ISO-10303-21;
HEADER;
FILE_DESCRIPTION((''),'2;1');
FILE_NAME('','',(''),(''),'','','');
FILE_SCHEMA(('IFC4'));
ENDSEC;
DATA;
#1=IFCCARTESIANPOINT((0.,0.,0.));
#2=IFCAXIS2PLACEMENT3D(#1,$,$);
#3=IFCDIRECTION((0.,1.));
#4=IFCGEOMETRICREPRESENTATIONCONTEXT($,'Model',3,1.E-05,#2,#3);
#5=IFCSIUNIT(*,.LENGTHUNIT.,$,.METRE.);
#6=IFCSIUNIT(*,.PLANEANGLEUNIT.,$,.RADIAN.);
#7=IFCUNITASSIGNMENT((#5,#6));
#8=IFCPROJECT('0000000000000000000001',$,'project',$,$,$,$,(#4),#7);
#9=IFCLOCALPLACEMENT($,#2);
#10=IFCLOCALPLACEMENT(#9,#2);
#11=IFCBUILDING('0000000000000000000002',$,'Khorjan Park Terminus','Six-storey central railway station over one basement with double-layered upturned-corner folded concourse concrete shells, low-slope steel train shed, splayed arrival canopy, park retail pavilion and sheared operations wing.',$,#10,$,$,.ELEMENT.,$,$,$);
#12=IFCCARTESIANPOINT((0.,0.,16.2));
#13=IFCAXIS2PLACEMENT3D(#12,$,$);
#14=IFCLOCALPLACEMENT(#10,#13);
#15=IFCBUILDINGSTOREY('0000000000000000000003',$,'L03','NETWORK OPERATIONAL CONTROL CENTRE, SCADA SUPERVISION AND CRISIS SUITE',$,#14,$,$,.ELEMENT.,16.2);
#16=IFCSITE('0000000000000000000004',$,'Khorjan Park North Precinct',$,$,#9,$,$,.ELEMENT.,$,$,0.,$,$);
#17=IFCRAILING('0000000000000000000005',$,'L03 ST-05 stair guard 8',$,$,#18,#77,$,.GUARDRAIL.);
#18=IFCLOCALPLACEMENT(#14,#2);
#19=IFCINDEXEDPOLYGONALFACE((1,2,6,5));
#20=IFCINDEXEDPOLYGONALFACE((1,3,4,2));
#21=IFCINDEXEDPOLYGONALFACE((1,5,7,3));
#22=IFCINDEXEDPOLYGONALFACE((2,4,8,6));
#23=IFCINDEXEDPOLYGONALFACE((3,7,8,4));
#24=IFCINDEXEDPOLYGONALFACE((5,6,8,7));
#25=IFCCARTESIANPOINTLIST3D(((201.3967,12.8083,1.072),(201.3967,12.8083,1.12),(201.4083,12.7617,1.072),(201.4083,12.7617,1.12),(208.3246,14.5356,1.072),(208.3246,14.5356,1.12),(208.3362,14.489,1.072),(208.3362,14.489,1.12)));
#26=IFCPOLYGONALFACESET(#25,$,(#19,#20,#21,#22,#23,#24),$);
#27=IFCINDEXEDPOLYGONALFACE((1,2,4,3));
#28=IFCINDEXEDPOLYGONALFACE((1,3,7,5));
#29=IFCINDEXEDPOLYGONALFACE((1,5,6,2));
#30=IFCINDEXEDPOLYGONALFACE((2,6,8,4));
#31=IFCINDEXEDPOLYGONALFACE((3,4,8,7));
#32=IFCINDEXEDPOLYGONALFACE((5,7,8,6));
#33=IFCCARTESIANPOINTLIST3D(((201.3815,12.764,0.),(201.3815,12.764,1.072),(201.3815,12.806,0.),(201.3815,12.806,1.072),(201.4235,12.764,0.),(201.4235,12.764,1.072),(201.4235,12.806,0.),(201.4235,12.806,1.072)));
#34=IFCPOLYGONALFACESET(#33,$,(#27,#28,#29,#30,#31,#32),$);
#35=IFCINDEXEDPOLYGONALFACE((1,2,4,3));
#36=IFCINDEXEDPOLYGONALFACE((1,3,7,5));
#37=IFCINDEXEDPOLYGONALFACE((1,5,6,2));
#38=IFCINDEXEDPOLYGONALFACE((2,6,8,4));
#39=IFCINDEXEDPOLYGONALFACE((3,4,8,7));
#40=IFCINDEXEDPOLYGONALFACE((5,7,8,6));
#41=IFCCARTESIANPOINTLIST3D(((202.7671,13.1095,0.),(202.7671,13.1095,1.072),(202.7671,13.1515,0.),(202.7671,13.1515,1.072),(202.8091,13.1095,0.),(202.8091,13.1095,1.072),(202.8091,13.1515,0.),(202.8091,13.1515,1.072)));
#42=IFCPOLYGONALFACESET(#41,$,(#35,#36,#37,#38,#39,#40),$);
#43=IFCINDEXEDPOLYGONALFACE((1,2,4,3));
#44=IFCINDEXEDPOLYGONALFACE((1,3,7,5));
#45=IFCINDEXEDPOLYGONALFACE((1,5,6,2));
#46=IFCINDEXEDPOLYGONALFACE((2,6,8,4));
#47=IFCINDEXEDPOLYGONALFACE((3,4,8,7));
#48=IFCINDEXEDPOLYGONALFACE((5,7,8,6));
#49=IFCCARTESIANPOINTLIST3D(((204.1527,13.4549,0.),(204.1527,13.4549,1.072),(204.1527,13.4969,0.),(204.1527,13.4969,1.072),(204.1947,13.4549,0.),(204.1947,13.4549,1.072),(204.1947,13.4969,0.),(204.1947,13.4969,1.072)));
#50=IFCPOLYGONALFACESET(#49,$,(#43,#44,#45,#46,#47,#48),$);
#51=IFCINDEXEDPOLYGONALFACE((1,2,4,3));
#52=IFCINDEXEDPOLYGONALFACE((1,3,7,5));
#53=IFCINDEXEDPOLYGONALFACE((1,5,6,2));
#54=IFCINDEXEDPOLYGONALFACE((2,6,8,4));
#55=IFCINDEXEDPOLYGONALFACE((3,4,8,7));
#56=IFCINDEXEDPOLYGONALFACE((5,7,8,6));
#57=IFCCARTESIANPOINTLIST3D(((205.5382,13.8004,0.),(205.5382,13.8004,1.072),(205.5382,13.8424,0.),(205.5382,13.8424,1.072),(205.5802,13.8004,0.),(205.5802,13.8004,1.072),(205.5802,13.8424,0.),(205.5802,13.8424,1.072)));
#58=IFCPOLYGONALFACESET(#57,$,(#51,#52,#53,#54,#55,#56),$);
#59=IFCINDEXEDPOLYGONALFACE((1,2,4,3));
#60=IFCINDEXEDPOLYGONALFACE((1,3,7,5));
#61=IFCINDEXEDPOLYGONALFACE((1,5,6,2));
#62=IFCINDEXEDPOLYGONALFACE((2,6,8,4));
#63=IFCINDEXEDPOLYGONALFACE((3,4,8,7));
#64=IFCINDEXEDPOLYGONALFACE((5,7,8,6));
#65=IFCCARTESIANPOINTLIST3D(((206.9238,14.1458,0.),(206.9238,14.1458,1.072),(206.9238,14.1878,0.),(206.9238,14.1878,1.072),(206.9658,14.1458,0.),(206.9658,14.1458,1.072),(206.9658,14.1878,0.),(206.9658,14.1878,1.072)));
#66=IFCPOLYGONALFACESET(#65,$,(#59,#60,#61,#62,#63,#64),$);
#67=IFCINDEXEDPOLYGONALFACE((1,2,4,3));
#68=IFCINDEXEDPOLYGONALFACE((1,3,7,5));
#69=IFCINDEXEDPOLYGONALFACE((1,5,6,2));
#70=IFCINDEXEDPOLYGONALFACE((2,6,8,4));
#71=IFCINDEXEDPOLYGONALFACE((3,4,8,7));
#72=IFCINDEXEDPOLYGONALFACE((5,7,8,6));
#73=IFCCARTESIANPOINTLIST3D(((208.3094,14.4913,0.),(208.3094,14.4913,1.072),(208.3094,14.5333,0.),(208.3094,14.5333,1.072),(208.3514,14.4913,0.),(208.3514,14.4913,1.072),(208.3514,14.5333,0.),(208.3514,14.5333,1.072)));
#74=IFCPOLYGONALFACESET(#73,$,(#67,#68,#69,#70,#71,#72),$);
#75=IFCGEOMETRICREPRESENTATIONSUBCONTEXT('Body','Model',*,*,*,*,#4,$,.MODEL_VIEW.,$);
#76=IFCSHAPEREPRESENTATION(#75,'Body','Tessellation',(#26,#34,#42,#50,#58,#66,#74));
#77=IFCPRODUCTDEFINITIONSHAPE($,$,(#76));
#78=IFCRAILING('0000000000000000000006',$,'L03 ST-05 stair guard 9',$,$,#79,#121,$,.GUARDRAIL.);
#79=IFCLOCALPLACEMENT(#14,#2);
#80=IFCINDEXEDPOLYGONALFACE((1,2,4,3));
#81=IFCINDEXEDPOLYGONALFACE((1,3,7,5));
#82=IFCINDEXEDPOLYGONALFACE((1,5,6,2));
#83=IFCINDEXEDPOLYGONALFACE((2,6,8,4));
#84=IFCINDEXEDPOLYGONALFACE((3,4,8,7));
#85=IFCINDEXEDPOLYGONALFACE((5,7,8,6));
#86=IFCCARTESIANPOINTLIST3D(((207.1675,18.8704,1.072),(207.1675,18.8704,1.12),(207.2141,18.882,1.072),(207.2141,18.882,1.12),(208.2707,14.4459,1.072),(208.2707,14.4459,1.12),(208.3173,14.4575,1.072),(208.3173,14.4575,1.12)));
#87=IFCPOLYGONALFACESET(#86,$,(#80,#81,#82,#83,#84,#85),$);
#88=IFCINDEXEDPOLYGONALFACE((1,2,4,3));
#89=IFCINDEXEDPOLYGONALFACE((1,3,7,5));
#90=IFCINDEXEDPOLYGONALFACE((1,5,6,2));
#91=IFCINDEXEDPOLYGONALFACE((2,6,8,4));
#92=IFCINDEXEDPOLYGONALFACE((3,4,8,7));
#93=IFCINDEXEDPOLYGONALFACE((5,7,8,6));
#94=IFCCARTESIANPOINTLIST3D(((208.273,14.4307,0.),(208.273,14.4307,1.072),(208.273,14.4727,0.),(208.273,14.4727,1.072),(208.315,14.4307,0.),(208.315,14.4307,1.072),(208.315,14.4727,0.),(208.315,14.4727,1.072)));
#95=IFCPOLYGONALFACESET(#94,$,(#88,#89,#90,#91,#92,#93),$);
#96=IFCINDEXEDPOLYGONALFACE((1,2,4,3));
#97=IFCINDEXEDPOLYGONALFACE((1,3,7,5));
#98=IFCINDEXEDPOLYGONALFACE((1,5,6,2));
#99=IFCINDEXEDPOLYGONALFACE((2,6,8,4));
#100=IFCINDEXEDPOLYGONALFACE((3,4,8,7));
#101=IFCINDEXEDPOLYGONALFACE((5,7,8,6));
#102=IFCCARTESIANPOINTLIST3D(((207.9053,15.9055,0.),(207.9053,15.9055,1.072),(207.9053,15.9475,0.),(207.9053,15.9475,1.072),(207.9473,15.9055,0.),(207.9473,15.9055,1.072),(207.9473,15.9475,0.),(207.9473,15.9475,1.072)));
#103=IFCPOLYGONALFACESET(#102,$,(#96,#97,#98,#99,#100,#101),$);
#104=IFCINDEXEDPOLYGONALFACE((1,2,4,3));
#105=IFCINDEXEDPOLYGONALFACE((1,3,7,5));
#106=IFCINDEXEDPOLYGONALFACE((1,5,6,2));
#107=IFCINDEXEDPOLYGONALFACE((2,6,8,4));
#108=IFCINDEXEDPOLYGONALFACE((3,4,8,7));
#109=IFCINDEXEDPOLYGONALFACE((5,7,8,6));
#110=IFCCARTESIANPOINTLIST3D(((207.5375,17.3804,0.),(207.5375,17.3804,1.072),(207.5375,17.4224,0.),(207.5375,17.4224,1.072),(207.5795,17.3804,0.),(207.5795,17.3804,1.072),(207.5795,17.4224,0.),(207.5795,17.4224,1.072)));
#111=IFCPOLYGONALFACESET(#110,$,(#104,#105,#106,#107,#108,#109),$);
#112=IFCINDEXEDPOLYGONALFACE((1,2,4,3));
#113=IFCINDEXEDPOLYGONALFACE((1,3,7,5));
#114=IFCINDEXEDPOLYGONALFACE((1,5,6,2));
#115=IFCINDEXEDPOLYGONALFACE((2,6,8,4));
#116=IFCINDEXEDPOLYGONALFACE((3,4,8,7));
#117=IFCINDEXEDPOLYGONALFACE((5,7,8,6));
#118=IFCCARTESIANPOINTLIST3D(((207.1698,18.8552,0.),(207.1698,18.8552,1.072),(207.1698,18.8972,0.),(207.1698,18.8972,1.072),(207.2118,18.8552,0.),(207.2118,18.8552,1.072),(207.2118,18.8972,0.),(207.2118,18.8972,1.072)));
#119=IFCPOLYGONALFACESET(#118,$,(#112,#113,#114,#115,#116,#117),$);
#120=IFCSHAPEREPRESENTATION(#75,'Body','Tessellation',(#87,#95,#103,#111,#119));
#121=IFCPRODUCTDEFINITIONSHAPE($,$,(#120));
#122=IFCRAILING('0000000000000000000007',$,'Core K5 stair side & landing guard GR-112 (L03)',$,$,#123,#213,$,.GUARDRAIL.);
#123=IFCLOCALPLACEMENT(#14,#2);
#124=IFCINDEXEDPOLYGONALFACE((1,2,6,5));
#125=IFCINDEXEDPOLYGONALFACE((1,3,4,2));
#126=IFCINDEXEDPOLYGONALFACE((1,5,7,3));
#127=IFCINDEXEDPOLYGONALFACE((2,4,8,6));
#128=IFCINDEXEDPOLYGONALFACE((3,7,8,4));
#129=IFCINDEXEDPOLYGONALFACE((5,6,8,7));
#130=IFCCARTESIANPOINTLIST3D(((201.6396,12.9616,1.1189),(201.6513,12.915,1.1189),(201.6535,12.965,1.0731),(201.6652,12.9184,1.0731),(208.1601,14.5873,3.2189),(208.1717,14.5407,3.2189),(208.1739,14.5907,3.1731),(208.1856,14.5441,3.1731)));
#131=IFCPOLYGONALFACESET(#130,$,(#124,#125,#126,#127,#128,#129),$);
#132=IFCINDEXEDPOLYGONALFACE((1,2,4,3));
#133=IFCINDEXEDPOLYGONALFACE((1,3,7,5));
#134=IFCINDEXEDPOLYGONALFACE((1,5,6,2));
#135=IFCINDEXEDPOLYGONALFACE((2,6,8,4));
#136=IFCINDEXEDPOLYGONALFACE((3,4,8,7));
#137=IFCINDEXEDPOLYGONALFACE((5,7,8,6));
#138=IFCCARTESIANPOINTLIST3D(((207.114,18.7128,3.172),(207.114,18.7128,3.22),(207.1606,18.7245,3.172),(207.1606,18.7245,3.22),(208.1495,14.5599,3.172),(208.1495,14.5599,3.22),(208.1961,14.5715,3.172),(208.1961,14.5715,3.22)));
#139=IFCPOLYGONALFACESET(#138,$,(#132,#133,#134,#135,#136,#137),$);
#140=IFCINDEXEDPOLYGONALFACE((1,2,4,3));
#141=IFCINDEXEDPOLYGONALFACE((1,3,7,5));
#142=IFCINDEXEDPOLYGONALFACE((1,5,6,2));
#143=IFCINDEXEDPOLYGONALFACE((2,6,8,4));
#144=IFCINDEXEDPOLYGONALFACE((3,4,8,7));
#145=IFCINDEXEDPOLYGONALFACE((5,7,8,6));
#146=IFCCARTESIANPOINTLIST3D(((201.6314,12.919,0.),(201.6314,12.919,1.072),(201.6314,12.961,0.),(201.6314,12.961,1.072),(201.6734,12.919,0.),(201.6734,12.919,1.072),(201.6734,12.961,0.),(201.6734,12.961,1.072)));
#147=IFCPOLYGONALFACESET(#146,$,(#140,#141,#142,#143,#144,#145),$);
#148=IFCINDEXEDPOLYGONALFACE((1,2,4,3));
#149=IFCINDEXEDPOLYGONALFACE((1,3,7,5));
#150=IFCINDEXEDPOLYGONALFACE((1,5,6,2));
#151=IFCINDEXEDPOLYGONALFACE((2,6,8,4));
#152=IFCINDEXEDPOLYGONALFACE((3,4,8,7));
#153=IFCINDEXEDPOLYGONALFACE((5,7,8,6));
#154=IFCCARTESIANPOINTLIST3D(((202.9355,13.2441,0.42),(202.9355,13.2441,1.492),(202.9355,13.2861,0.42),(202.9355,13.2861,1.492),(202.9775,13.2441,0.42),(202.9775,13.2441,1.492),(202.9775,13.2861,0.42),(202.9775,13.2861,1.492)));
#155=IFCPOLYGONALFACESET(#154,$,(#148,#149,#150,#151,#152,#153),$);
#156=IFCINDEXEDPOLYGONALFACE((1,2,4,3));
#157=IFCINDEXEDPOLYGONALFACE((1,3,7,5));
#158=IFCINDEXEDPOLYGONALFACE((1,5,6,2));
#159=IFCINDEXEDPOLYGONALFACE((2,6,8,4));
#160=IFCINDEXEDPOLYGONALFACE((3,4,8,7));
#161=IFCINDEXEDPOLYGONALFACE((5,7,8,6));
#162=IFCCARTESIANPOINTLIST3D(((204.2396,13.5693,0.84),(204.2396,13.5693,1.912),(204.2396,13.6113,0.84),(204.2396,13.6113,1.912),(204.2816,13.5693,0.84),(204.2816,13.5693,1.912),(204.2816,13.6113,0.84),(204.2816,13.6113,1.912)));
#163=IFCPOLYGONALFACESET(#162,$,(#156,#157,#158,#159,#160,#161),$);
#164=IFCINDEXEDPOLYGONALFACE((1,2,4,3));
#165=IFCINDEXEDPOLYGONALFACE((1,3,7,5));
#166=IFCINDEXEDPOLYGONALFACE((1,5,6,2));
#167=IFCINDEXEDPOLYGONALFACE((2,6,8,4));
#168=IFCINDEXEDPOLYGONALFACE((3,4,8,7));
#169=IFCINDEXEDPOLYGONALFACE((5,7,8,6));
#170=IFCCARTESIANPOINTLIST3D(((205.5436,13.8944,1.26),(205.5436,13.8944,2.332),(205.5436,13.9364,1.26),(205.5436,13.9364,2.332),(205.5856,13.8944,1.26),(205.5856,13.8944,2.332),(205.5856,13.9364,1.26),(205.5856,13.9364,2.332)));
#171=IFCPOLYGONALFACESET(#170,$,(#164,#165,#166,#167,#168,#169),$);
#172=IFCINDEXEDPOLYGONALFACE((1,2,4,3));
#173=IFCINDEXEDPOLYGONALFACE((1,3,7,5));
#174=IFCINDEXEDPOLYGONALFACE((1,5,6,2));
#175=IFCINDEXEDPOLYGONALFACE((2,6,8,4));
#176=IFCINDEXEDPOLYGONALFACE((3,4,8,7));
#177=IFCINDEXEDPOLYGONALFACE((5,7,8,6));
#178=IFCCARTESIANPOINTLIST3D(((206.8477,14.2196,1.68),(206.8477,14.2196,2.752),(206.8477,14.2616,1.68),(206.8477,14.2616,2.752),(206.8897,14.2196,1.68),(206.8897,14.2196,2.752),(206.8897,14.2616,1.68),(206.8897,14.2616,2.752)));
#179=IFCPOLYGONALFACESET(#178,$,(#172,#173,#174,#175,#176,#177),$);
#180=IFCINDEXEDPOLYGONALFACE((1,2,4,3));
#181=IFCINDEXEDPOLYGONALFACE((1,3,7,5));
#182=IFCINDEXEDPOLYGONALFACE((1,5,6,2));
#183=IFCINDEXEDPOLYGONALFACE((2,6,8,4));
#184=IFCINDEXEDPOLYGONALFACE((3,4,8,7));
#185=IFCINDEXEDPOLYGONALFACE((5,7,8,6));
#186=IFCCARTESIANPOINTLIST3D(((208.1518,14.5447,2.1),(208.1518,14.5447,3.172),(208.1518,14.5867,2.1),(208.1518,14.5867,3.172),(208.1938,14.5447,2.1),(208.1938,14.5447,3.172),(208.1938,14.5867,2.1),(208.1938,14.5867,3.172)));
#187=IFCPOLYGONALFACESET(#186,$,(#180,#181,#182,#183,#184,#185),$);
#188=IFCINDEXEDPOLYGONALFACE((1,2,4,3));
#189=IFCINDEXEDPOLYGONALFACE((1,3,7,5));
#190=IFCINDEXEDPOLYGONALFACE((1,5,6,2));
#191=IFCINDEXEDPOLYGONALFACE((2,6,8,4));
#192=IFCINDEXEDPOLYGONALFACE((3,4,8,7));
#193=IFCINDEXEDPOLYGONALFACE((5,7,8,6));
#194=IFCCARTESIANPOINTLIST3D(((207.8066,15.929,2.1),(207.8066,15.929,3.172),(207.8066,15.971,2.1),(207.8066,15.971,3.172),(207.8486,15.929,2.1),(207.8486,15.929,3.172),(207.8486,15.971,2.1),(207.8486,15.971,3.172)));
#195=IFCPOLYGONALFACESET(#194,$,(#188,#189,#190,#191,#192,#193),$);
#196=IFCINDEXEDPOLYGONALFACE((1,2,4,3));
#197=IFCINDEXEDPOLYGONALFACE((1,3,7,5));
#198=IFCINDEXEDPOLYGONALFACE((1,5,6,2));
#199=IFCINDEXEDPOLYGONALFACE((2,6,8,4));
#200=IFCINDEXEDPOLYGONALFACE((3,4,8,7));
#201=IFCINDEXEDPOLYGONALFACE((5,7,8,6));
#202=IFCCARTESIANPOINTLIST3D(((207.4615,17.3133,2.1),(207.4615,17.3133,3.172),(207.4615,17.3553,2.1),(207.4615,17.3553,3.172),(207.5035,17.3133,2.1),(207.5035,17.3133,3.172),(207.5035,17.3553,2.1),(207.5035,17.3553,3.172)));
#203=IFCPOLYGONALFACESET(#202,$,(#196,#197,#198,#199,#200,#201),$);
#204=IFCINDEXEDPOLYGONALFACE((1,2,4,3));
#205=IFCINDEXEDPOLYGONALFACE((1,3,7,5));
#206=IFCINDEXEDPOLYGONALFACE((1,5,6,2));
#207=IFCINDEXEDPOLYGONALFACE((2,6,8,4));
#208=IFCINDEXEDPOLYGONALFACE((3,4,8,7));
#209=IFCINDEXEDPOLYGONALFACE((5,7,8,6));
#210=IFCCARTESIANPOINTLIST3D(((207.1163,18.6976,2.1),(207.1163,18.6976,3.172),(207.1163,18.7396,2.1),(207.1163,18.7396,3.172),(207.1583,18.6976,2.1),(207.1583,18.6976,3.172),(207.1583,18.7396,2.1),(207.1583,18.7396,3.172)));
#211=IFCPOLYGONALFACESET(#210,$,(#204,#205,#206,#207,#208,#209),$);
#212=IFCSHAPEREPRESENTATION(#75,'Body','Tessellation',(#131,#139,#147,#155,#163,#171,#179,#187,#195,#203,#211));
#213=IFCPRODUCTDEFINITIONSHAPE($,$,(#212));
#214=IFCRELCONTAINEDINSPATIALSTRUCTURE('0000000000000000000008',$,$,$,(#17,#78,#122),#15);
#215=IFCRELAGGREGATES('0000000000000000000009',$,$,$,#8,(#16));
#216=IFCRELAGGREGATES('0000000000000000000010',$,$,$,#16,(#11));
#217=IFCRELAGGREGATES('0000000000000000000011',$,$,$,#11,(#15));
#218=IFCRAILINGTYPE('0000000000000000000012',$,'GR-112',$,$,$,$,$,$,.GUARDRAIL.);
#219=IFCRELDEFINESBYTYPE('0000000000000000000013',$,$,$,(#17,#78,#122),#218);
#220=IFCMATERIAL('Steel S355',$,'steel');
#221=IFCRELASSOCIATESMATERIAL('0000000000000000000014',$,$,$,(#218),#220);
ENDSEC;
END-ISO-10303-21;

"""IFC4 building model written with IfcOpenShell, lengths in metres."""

from ifc_helpers import new_model, si_unit, direction, frame, origin, origin_2d, place, context, subcontext, project, spatial, rectangle, extrude, material, type_object, element, save


model = new_model("IFC4")

# Units and contexts
model_context = context("Model", 3, precision=1e-05, world=origin(), true_north=direction((0.0, 1.0)))
body_context = subcontext(model_context, "Body", "Model", "MODEL_VIEW")
ifc_project = project(units=[si_unit("LENGTHUNIT", "METRE"), si_unit("PLANEANGLEUNIT", "RADIAN")], contexts=[model_context])

# Site, building, storey
site_placement = place(None, origin())
site = spatial("IfcSite", under=ifc_project, at=site_placement, Name="Khorjan Park North Precinct", CompositionType="ELEMENT", RefElevation=0.0)
building_placement = place(site_placement, origin())
building = spatial("IfcBuilding", under=site, at=building_placement, Name="Khorjan Park Terminus", Description="Six-storey central railway station over one basement with double-layered upturned-corner folded concourse concrete shells, low-slope steel train shed, splayed arrival canopy, park retail pavilion and sheared operations wing.", CompositionType="ELEMENT")
storey_placement = place(building_placement, frame((0.0, 0.0, 16.2)))
storey = spatial("IfcBuildingStorey", under=building, at=storey_placement, Name="L03", Description="NETWORK OPERATIONAL CONTROL CENTRE, SCADA SUPERVISION AND CRISIS SUITE", CompositionType="ELEMENT", Elevation=16.2)

# Shared definitions
ifc_material_1 = material(Name="Steel S355", Category="steel")

# Railings
railing_type_1 = type_object("IfcRailingType", Name="GR-112", PredefinedType="GUARDRAIL", material=ifc_material_1)
railing_1_placement = place(storey_placement, frame((201.4025, 12.785, 0.0)))
element("IfcRailing", 1, at=railing_1_placement, inside=storey, type_object=railing_type_1, Name="L03 ST-05 stair guard 8", PredefinedType="GUARDRAIL", context=body_context, shape_type="SweptSolid", body=[
    extrude(rectangle(XDim=0.048, YDim=0.048, at=origin_2d()), frame((0.0, 0.0, 1.096), z_axis=(0.970296, 0.241919, 0.0), x_axis=(-0.241919, 0.970296, 0.0)), (0.0, 0.0, 1.0), 7.14),
    extrude(rectangle(XDim=0.042, YDim=0.042, at=origin_2d()), origin(), (0.0, 0.0, 1.0), 1.072),
    extrude(rectangle(XDim=0.042, YDim=0.042, at=origin_2d()), frame((1.3856, 0.3455, 0.0)), (0.0, 0.0, 1.0), 1.072),
    extrude(rectangle(XDim=0.042, YDim=0.042, at=origin_2d()), frame((2.7712, 0.6909, 0.0)), (0.0, 0.0, 1.0), 1.072),
    extrude(rectangle(XDim=0.042, YDim=0.042, at=origin_2d()), frame((4.1567, 1.0364, 0.0)), (0.0, 0.0, 1.0), 1.072),
    extrude(rectangle(XDim=0.042, YDim=0.042, at=origin_2d()), frame((5.5423, 1.3818, 0.0)), (0.0, 0.0, 1.0), 1.072),
    extrude(rectangle(XDim=0.042, YDim=0.042, at=origin_2d()), frame((6.9279, 1.7273, 0.0)), (0.0, 0.0, 1.0), 1.072),
])
railing_2_placement = place(storey_placement, frame((208.294, 14.4517, 0.0)))
element("IfcRailing", 2, at=railing_2_placement, inside=storey, type_object=railing_type_1, Name="L03 ST-05 stair guard 9", PredefinedType="GUARDRAIL", context=body_context, shape_type="SweptSolid", body=[
    extrude(rectangle(XDim=0.048, YDim=0.048, at=origin_2d()), frame((0.0, 0.0, 1.096), z_axis=(-0.241932, 0.970293, 0.0), x_axis=(-0.970293, -0.241932, 0.0)), (0.0, 0.0, 1.0), 4.56),
    extrude(rectangle(XDim=0.042, YDim=0.042, at=origin_2d()), origin(), (0.0, 0.0, 1.0), 1.072),
    extrude(rectangle(XDim=0.042, YDim=0.042, at=origin_2d()), frame((-0.3677, 1.4748, 0.0)), (0.0, 0.0, 1.0), 1.072),
    extrude(rectangle(XDim=0.042, YDim=0.042, at=origin_2d()), frame((-0.7355, 2.9497, 0.0)), (0.0, 0.0, 1.0), 1.072),
    extrude(rectangle(XDim=0.042, YDim=0.042, at=origin_2d()), frame((-1.1032, 4.4245, 0.0)), (0.0, 0.0, 1.0), 1.072),
])
railing_3_placement = place(storey_placement, frame((201.6524, 12.94, 0.0)))
element("IfcRailing", 3, at=railing_3_placement, inside=storey, type_object=railing_type_1, Name="Core K5 stair side & landing guard GR-112 (L03)", PredefinedType="GUARDRAIL", context=body_context, shape_type="SweptSolid", body=[
    extrude(rectangle(XDim=0.048, YDim=0.048, at=origin_2d()), frame((0.0, 0.0, 1.096), z_axis=(0.926129, 0.230907, 0.298275), x_axis=(-0.241919, 0.970296, 0.0)), (0.0, 0.0, 1.0), 7.0405),
    extrude(rectangle(XDim=0.048, YDim=0.048, at=origin_2d()), frame((6.5204, 1.6257, 3.196), z_axis=(-0.241936, 0.970292, 0.0), x_axis=(-0.970292, -0.241936, 0.0)), (0.0, 0.0, 1.0), 4.2801),
    extrude(rectangle(XDim=0.042, YDim=0.042, at=origin_2d()), origin(), (0.0, 0.0, 1.0), 1.072),
    extrude(rectangle(XDim=0.042, YDim=0.042, at=origin_2d()), frame((1.3041, 0.3251, 0.42)), (0.0, 0.0, 1.0), 1.072),
    extrude(rectangle(XDim=0.042, YDim=0.042, at=origin_2d()), frame((2.6082, 0.6503, 0.84)), (0.0, 0.0, 1.0), 1.072),
    extrude(rectangle(XDim=0.042, YDim=0.042, at=origin_2d()), frame((3.9122, 0.9754, 1.26)), (0.0, 0.0, 1.0), 1.072),
    extrude(rectangle(XDim=0.042, YDim=0.042, at=origin_2d()), frame((5.2163, 1.3006, 1.68)), (0.0, 0.0, 1.0), 1.072),
    extrude(rectangle(XDim=0.042, YDim=0.042, at=origin_2d()), frame((6.5204, 1.6257, 2.1)), (0.0, 0.0, 1.0), 1.072),
    extrude(rectangle(XDim=0.042, YDim=0.042, at=origin_2d()), frame((6.1752, 3.01, 2.1)), (0.0, 0.0, 1.0), 1.072),
    extrude(rectangle(XDim=0.042, YDim=0.042, at=origin_2d()), frame((5.8301, 4.3943, 2.1)), (0.0, 0.0, 1.0), 1.072),
    extrude(rectangle(XDim=0.042, YDim=0.042, at=origin_2d()), frame((5.4849, 5.7786, 2.1)), (0.0, 0.0, 1.0), 1.072),
])

save(model, "model.ifc")
